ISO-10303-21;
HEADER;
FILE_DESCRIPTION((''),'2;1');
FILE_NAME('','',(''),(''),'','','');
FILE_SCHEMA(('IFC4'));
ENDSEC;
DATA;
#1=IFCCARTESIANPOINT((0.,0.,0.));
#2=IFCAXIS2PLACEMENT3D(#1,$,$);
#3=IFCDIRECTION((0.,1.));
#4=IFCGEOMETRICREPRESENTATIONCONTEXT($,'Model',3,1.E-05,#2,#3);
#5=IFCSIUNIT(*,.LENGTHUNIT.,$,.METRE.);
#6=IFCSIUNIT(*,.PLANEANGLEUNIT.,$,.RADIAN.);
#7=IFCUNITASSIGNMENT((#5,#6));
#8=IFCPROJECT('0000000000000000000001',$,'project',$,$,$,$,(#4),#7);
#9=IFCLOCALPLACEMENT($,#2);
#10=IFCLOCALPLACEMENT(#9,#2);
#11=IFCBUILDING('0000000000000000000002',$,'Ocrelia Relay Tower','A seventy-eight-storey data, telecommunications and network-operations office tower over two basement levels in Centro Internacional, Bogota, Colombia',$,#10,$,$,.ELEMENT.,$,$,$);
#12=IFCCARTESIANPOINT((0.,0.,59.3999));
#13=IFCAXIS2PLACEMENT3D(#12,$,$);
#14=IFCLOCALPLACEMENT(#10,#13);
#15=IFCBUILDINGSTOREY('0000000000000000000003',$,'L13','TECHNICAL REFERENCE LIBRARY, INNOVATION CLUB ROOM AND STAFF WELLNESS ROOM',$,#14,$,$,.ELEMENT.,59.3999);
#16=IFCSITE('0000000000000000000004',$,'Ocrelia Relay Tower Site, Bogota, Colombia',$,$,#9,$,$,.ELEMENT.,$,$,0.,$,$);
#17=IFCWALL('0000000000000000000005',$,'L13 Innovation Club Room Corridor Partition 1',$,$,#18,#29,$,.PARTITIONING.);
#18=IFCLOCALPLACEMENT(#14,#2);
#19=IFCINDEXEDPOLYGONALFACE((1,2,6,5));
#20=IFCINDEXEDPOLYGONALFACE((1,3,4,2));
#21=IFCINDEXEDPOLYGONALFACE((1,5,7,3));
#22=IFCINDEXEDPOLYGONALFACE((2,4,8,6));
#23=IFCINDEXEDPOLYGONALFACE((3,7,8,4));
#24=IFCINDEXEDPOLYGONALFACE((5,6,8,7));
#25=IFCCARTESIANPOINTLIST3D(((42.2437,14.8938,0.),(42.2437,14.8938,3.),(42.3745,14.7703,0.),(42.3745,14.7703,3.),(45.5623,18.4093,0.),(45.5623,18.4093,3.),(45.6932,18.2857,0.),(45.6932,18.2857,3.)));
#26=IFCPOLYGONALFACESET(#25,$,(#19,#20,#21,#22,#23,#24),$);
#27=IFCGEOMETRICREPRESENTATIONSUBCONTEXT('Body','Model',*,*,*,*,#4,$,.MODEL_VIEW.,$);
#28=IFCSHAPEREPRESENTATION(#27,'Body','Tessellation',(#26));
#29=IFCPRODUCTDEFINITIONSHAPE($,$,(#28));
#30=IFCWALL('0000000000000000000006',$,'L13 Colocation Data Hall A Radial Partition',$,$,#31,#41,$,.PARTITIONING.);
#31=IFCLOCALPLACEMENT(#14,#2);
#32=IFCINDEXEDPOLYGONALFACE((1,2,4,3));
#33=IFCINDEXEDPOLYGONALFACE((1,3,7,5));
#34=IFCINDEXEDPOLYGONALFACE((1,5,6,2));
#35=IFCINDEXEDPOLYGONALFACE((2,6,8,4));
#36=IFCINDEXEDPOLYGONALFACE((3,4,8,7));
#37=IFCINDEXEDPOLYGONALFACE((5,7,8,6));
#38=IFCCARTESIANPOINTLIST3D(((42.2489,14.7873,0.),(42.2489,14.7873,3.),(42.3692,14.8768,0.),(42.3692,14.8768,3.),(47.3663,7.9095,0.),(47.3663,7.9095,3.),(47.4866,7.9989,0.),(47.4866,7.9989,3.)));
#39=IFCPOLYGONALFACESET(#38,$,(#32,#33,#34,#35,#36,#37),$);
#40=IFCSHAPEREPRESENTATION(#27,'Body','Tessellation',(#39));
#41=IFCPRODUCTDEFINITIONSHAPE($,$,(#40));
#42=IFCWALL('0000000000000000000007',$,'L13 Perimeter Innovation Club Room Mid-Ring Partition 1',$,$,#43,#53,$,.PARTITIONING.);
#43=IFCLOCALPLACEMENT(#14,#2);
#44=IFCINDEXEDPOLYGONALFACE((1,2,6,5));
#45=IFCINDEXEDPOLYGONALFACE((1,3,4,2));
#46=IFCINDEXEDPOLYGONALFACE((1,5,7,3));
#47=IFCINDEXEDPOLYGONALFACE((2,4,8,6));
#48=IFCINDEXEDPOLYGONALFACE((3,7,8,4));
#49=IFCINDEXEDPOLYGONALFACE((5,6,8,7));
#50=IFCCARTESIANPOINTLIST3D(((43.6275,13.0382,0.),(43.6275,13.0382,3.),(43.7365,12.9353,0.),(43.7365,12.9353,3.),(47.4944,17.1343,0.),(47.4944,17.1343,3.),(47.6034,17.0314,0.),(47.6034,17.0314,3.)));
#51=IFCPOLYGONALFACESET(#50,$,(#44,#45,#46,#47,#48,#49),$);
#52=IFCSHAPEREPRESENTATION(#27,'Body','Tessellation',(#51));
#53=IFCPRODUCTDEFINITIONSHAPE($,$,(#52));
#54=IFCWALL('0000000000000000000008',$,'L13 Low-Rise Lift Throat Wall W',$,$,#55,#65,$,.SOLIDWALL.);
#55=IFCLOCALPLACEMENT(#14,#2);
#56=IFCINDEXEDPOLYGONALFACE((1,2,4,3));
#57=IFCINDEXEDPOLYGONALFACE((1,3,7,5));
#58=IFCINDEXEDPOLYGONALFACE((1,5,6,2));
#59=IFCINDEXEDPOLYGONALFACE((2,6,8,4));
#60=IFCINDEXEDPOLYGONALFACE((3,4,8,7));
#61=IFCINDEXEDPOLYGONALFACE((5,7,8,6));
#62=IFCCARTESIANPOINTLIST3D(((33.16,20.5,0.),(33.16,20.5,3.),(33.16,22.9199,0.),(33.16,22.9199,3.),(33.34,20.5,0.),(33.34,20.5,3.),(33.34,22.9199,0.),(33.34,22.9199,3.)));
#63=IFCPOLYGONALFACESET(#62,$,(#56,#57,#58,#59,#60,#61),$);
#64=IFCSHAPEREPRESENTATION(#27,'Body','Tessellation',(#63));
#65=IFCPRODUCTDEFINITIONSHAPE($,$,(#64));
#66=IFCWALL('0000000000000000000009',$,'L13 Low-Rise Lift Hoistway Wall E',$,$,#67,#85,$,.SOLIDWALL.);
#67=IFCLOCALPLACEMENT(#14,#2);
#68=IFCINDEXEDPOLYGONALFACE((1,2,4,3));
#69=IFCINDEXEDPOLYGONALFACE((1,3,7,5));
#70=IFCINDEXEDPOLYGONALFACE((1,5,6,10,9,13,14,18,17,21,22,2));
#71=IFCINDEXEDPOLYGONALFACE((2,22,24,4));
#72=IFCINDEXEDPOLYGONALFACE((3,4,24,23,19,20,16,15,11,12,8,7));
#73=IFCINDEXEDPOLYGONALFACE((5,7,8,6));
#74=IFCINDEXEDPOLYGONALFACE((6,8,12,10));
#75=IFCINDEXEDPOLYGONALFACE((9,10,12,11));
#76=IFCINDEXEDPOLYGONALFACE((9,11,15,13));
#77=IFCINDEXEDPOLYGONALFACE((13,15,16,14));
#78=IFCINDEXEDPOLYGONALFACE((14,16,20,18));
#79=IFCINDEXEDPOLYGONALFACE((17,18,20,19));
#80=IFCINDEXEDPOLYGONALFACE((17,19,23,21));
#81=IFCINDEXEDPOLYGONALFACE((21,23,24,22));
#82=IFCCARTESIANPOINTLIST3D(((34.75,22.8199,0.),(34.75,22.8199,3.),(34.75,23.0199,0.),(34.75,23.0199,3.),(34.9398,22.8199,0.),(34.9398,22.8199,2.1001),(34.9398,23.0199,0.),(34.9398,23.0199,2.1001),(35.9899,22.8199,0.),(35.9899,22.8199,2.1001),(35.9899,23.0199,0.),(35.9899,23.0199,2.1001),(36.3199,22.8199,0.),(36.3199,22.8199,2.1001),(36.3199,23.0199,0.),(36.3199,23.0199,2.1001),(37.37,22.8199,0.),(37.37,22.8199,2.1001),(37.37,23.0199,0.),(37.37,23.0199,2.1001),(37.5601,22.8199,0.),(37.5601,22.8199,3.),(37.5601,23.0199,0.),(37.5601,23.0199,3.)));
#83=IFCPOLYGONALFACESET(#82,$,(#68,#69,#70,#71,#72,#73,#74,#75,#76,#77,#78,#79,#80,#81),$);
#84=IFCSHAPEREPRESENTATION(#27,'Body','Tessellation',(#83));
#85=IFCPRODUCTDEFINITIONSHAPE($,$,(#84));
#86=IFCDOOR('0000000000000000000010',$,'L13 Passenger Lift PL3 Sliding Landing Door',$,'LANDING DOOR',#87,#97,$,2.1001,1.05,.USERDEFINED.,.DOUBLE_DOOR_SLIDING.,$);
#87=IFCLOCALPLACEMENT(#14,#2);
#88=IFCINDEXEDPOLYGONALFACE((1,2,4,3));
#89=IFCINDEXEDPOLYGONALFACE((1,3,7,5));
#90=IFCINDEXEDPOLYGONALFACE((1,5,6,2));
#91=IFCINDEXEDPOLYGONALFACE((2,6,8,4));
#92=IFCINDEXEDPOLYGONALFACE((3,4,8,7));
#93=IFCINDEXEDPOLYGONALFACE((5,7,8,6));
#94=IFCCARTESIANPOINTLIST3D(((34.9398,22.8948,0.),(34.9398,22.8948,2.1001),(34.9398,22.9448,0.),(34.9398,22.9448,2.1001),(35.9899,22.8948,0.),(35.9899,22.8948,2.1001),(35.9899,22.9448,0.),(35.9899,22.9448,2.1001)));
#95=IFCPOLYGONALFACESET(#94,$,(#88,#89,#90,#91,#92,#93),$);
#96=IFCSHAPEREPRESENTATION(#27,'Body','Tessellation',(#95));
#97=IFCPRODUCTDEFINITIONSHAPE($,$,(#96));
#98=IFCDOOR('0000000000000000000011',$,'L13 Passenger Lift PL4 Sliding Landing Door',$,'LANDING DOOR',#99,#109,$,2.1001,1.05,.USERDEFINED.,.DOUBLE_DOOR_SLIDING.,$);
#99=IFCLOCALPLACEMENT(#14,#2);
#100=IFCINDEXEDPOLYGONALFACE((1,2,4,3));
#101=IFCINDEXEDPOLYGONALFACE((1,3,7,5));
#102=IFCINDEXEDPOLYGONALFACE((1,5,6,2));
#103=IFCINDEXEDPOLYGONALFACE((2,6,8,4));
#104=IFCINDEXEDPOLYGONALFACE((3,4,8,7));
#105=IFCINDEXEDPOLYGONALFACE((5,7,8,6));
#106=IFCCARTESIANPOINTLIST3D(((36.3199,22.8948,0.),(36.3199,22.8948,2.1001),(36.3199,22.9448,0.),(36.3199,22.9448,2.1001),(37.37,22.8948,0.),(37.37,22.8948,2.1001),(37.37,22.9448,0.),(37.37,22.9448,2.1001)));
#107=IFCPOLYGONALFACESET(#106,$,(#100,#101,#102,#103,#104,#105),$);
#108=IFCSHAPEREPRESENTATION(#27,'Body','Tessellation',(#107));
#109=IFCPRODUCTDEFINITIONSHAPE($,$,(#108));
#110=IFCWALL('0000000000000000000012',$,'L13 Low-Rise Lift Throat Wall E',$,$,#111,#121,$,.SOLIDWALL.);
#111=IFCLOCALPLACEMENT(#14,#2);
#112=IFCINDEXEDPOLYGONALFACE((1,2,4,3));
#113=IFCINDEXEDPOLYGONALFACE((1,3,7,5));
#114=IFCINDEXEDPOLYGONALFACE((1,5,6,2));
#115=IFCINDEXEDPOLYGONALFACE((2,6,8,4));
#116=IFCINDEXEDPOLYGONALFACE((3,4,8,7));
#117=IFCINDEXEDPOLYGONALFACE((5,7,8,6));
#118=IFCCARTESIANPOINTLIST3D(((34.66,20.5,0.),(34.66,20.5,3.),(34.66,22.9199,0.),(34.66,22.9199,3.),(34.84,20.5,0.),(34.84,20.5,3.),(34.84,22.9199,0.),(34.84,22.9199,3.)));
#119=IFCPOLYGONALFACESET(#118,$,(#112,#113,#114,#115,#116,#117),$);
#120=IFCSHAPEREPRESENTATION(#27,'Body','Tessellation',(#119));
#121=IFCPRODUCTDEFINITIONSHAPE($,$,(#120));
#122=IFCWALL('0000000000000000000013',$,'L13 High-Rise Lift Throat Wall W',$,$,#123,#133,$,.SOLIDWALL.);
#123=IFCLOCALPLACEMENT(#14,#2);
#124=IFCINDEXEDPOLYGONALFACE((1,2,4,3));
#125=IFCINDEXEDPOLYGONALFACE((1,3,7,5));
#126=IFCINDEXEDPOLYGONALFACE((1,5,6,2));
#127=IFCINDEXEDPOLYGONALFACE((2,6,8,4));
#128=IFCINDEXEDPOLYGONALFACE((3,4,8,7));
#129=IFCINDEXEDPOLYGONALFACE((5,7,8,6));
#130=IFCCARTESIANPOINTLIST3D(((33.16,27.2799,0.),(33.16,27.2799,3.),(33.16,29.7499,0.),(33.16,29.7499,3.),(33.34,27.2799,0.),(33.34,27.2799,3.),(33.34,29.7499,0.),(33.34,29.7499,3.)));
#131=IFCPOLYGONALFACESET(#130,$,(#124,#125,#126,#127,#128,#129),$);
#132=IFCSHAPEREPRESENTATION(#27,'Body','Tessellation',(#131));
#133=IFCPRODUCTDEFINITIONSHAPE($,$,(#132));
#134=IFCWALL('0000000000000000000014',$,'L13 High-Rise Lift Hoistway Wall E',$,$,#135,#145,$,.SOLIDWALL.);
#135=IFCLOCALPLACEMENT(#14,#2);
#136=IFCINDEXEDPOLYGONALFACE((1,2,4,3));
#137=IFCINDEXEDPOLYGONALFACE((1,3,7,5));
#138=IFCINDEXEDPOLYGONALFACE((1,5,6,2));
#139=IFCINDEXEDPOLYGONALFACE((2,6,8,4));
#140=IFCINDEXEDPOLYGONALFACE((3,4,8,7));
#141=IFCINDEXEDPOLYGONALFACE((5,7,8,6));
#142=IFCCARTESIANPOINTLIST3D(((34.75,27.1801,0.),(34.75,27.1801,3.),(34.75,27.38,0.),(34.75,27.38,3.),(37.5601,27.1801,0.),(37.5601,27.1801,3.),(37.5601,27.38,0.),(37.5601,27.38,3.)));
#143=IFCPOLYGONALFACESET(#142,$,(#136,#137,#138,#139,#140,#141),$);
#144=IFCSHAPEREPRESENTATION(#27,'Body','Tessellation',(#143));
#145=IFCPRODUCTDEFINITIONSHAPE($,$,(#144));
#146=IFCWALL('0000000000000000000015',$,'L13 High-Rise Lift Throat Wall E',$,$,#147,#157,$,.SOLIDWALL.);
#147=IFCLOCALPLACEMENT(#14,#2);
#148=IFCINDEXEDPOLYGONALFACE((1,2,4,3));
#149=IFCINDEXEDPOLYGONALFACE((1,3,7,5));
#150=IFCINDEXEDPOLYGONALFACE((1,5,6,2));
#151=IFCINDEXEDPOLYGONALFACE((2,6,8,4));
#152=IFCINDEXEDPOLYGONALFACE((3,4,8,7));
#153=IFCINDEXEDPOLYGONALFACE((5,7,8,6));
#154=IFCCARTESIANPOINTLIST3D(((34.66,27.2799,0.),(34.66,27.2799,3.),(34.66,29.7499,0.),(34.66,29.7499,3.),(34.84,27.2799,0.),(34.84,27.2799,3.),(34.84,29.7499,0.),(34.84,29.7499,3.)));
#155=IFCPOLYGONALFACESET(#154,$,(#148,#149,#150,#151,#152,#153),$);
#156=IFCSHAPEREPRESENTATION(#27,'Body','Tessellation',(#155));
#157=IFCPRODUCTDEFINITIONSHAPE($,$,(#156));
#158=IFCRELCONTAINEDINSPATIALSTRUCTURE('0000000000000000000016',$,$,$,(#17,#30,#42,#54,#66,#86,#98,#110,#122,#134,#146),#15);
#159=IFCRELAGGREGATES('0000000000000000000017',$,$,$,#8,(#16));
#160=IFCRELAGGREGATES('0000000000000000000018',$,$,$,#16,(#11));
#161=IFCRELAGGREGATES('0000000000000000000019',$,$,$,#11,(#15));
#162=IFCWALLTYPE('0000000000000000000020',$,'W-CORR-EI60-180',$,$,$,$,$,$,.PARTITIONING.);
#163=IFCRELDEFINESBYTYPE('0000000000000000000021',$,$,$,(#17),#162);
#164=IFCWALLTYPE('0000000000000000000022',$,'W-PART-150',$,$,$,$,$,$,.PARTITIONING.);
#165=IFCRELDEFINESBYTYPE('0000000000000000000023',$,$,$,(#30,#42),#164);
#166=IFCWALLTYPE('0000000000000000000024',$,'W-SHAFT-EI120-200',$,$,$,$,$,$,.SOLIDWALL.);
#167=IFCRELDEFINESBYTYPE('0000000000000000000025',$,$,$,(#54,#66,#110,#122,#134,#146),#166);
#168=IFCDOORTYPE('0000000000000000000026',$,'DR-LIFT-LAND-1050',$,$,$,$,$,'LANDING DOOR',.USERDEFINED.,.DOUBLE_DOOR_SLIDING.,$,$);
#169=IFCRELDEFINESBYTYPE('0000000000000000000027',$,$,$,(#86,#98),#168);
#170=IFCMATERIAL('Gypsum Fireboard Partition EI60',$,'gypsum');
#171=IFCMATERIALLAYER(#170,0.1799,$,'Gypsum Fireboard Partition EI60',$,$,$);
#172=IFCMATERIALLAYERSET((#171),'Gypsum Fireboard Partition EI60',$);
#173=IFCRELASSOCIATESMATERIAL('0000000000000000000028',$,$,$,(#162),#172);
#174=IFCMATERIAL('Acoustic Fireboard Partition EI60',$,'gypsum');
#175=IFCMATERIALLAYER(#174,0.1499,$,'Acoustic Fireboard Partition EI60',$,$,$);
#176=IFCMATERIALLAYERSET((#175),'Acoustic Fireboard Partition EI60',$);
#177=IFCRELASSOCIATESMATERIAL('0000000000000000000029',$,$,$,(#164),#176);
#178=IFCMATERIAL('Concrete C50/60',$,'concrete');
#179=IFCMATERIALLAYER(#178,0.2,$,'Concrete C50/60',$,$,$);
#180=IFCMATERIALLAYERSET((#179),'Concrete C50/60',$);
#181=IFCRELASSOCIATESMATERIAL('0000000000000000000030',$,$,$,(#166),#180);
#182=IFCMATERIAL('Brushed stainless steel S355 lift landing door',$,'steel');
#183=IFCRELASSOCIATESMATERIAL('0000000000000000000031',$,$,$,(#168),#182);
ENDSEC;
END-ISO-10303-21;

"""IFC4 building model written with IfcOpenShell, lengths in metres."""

from ifc_helpers import new_model, si_unit, direction, frame, frame_2d, origin, place, context, subcontext, project, spatial, rectangle, extrude, material, layer, layer_set, type_object, element, fill, save


model = new_model("IFC4")

# Units and contexts
model_context = context("Model", 3, precision=1e-05, world=origin(), true_north=direction((0.0, 1.0)))
body_context = subcontext(model_context, "Body", "Model", "MODEL_VIEW")
ifc_project = project(units=[si_unit("LENGTHUNIT", "METRE"), si_unit("PLANEANGLEUNIT", "RADIAN")], contexts=[model_context])

# Site, building, storey
site_placement = place(None, origin())
site = spatial("IfcSite", under=ifc_project, at=site_placement, Name="Ocrelia Relay Tower Site, Bogota, Colombia", CompositionType="ELEMENT", RefElevation=0.0)
building_placement = place(site_placement, origin())
building = spatial("IfcBuilding", under=site, at=building_placement, Name="Ocrelia Relay Tower", Description="A seventy-eight-storey data, telecommunications and network-operations office tower over two basement levels in Centro Internacional, Bogota, Colombia", CompositionType="ELEMENT")
storey_placement = place(building_placement, frame((0.0, 0.0, 59.3999)))
storey = spatial("IfcBuildingStorey", under=building, at=storey_placement, Name="L13", Description="TECHNICAL REFERENCE LIBRARY, INNOVATION CLUB ROOM AND STAFF WELLNESS ROOM", CompositionType="ELEMENT", Elevation=59.3999)

# Walls
ifc_material_1 = material(Name="Gypsum Fireboard Partition EI60", Category="gypsum")
ifc_layer_1 = layer(ifc_material_1, 0.1799, Name="Gypsum Fireboard Partition EI60")
ifc_layer_set_1 = layer_set([ifc_layer_1], Name="Gypsum Fireboard Partition EI60")
wall_type_1 = type_object("IfcWallType", Name="W-CORR-EI60-180", PredefinedType="PARTITIONING", material=ifc_layer_set_1)
wall_1_placement = place(storey_placement, frame((42.3091, 14.832, 0.0), z_axis=(0.0, 0.0, 1.0), x_axis=(0.686462, 0.727166, 0.0)))
element("IfcWall", 1, at=wall_1_placement, inside=storey, type_object=wall_type_1, Name="L13 Innovation Club Room Corridor Partition 1", PredefinedType="PARTITIONING", context=body_context, shape_type="SweptSolid", body=[
    extrude(rectangle(XDim=4.8345, YDim=0.1799, at=frame_2d((2.4172, 0.0))), origin(), (0.0, 0.0, 1.0), 3.0),
])
ifc_material_2 = material(Name="Acoustic Fireboard Partition EI60", Category="gypsum")
ifc_layer_2 = layer(ifc_material_2, 0.1499, Name="Acoustic Fireboard Partition EI60")
ifc_layer_set_2 = layer_set([ifc_layer_2], Name="Acoustic Fireboard Partition EI60")
wall_type_2 = type_object("IfcWallType", Name="W-PART-150", PredefinedType="PARTITIONING", material=ifc_layer_set_2)
wall_2_placement = place(storey_placement, frame((42.3091, 14.832, 0.0), z_axis=(0.0, 0.0, 1.0), x_axis=(0.596934, -0.802291, 0.0)))
element("IfcWall", 2, at=wall_2_placement, inside=storey, type_object=wall_type_2, Name="L13 Colocation Data Hall A Radial Partition", PredefinedType="PARTITIONING", context=body_context, shape_type="SweptSolid", body=[
    extrude(rectangle(XDim=8.5728, YDim=0.1499, at=frame_2d((4.2864, 0.0))), origin(), (0.0, 0.0, 1.0), 3.0),
])
wall_3_placement = place(storey_placement, frame((43.6821, 12.9868, 0.0), z_axis=(0.0, 0.0, 1.0), x_axis=(0.686466, 0.727162, 0.0)))
element("IfcWall", 3, at=wall_3_placement, inside=storey, type_object=wall_type_2, Name="L13 Perimeter Innovation Club Room Mid-Ring Partition 1", PredefinedType="PARTITIONING", context=body_context, shape_type="SweptSolid", body=[
    extrude(rectangle(XDim=5.6331, YDim=0.1499, at=frame_2d((2.8164, 0.0))), origin(), (0.0, 0.0, 1.0), 3.0),
])
ifc_material_3 = material(Name="Concrete C50/60", Category="concrete")
ifc_layer_3 = layer(ifc_material_3, 0.2, Name="Concrete C50/60")
ifc_layer_set_3 = layer_set([ifc_layer_3], Name="Concrete C50/60")
wall_type_3 = type_object("IfcWallType", Name="W-SHAFT-EI120-200", PredefinedType="SOLIDWALL", material=ifc_layer_set_3)
wall_4_placement = place(storey_placement, frame((33.25, 20.5, 0.0), z_axis=(0.0, 0.0, 1.0), x_axis=(0.0, 1.0, 0.0)))
element("IfcWall", 4, at=wall_4_placement, inside=storey, type_object=wall_type_3, Name="L13 Low-Rise Lift Throat Wall W", PredefinedType="SOLIDWALL", context=body_context, shape_type="SweptSolid", body=[
    extrude(rectangle(XDim=2.4199, YDim=0.1799, at=frame_2d((1.21, 0.0))), origin(), (0.0, 0.0, 1.0), 3.0),
])

# Wall, openings, doors
wall_5_placement = place(storey_placement, frame((34.75, 22.9199, 0.0), z_axis=(0.0, 0.0, 1.0), x_axis=(1.0, 0.0, 0.0)))
wall_5 = element("IfcWall", 5, at=wall_5_placement, inside=storey, type_object=wall_type_3, Name="L13 Low-Rise Lift Hoistway Wall E", PredefinedType="SOLIDWALL", context=body_context, shape_type="SweptSolid", body=[
    extrude(rectangle(XDim=2.8101, YDim=0.2, at=frame_2d((1.405, 0.0))), origin(), (0.0, 0.0, 1.0), 3.0),
])
opening_1_placement = place(wall_5_placement, frame((0.1899, 0.0, 0.0)))
opening_1 = element("IfcOpeningElement", 6, at=opening_1_placement, cuts=wall_5, PredefinedType="OPENING", context=body_context, shape_type="SweptSolid", body=[
    extrude(rectangle(XDim=1.05, YDim=2.1001, at=frame_2d((0.5249, 1.05))), frame((0.0, 0.1099, 0.0), z_axis=(0.0, -1.0, 0.0), x_axis=(1.0, 0.0, 0.0)), (0.0, 0.0, 1.0), 0.22),
])
opening_2_placement = place(wall_5_placement, frame((1.5701, 0.0, 0.0)))
opening_2 = element("IfcOpeningElement", 7, at=opening_2_placement, cuts=wall_5, PredefinedType="OPENING", context=body_context, shape_type="SweptSolid", body=[
    extrude(rectangle(XDim=1.05, YDim=2.1001, at=frame_2d((0.5249, 1.05))), frame((0.0, 0.1099, 0.0), z_axis=(0.0, -1.0, 0.0), x_axis=(1.0, 0.0, 0.0)), (0.0, 0.0, 1.0), 0.22),
])
ifc_material_4 = material(Name="Brushed stainless steel S355 lift landing door", Category="steel")
door_type = type_object("IfcDoorType", Name="DR-LIFT-LAND-1050", ElementType="LANDING DOOR", OperationType="DOUBLE_DOOR_SLIDING", PredefinedType="USERDEFINED", material=ifc_material_4)
door_1_placement = place(opening_1_placement, origin())
door_1 = element("IfcDoor", 8, at=door_1_placement, inside=storey, type_object=door_type, Name="L13 Passenger Lift PL3 Sliding Landing Door", ObjectType="LANDING DOOR", OperationType="DOUBLE_DOOR_SLIDING", OverallHeight=2.1001, OverallWidth=1.05, PredefinedType="USERDEFINED", context=body_context, shape_type="SweptSolid", body=[
    extrude(rectangle(XDim=1.05, YDim=2.1001, at=frame_2d((0.5249, 1.05))), frame((0.0, 0.0249, 0.0), z_axis=(0.0, -1.0, 0.0), x_axis=(1.0, 0.0, 0.0)), (0.0, 0.0, 1.0), 0.05),
])
fill(opening_1, door_1)
door_2_placement = place(opening_2_placement, origin())
door_2 = element("IfcDoor", 9, at=door_2_placement, inside=storey, type_object=door_type, Name="L13 Passenger Lift PL4 Sliding Landing Door", ObjectType="LANDING DOOR", OperationType="DOUBLE_DOOR_SLIDING", OverallHeight=2.1001, OverallWidth=1.05, PredefinedType="USERDEFINED", context=body_context, shape_type="SweptSolid", body=[
    extrude(rectangle(XDim=1.05, YDim=2.1001, at=frame_2d((0.5249, 1.05))), frame((0.0, 0.0249, 0.0), z_axis=(0.0, -1.0, 0.0), x_axis=(1.0, 0.0, 0.0)), (0.0, 0.0, 1.0), 0.05),
])
fill(opening_2, door_2)

# Walls
wall_6_placement = place(storey_placement, frame((34.75, 20.5, 0.0), z_axis=(0.0, 0.0, 1.0), x_axis=(0.0, 1.0, 0.0)))
element("IfcWall", 10, at=wall_6_placement, inside=storey, type_object=wall_type_3, Name="L13 Low-Rise Lift Throat Wall E", PredefinedType="SOLIDWALL", context=body_context, shape_type="SweptSolid", body=[
    extrude(rectangle(XDim=2.4199, YDim=0.1799, at=frame_2d((1.21, 0.0))), origin(), (0.0, 0.0, 1.0), 3.0),
])
wall_7_placement = place(storey_placement, frame((33.25, 27.28, 0.0), z_axis=(0.0, 0.0, 1.0), x_axis=(0.0, 1.0, 0.0)))
element("IfcWall", 11, at=wall_7_placement, inside=storey, type_object=wall_type_3, Name="L13 High-Rise Lift Throat Wall W", PredefinedType="SOLIDWALL", context=body_context, shape_type="SweptSolid", body=[
    extrude(rectangle(XDim=2.47, YDim=0.1799, at=frame_2d((1.2349, 0.0))), origin(), (0.0, 0.0, 1.0), 3.0),
])
wall_8_placement = place(storey_placement, frame((34.75, 27.28, 0.0), z_axis=(0.0, 0.0, 1.0), x_axis=(1.0, 0.0, 0.0)))
element("IfcWall", 12, at=wall_8_placement, inside=storey, type_object=wall_type_3, Name="L13 High-Rise Lift Hoistway Wall E", PredefinedType="SOLIDWALL", context=body_context, shape_type="SweptSolid", body=[
    extrude(rectangle(XDim=2.8101, YDim=0.2, at=frame_2d((1.405, 0.0))), origin(), (0.0, 0.0, 1.0), 3.0),
])
wall_9_placement = place(storey_placement, frame((34.75, 27.28, 0.0), z_axis=(0.0, 0.0, 1.0), x_axis=(0.0, 1.0, 0.0)))
element("IfcWall", 13, at=wall_9_placement, inside=storey, type_object=wall_type_3, Name="L13 High-Rise Lift Throat Wall E", PredefinedType="SOLIDWALL", context=body_context, shape_type="SweptSolid", body=[
    extrude(rectangle(XDim=2.47, YDim=0.1799, at=frame_2d((1.2349, 0.0))), origin(), (0.0, 0.0, 1.0), 3.0),
])

save(model, "model.ifc")
